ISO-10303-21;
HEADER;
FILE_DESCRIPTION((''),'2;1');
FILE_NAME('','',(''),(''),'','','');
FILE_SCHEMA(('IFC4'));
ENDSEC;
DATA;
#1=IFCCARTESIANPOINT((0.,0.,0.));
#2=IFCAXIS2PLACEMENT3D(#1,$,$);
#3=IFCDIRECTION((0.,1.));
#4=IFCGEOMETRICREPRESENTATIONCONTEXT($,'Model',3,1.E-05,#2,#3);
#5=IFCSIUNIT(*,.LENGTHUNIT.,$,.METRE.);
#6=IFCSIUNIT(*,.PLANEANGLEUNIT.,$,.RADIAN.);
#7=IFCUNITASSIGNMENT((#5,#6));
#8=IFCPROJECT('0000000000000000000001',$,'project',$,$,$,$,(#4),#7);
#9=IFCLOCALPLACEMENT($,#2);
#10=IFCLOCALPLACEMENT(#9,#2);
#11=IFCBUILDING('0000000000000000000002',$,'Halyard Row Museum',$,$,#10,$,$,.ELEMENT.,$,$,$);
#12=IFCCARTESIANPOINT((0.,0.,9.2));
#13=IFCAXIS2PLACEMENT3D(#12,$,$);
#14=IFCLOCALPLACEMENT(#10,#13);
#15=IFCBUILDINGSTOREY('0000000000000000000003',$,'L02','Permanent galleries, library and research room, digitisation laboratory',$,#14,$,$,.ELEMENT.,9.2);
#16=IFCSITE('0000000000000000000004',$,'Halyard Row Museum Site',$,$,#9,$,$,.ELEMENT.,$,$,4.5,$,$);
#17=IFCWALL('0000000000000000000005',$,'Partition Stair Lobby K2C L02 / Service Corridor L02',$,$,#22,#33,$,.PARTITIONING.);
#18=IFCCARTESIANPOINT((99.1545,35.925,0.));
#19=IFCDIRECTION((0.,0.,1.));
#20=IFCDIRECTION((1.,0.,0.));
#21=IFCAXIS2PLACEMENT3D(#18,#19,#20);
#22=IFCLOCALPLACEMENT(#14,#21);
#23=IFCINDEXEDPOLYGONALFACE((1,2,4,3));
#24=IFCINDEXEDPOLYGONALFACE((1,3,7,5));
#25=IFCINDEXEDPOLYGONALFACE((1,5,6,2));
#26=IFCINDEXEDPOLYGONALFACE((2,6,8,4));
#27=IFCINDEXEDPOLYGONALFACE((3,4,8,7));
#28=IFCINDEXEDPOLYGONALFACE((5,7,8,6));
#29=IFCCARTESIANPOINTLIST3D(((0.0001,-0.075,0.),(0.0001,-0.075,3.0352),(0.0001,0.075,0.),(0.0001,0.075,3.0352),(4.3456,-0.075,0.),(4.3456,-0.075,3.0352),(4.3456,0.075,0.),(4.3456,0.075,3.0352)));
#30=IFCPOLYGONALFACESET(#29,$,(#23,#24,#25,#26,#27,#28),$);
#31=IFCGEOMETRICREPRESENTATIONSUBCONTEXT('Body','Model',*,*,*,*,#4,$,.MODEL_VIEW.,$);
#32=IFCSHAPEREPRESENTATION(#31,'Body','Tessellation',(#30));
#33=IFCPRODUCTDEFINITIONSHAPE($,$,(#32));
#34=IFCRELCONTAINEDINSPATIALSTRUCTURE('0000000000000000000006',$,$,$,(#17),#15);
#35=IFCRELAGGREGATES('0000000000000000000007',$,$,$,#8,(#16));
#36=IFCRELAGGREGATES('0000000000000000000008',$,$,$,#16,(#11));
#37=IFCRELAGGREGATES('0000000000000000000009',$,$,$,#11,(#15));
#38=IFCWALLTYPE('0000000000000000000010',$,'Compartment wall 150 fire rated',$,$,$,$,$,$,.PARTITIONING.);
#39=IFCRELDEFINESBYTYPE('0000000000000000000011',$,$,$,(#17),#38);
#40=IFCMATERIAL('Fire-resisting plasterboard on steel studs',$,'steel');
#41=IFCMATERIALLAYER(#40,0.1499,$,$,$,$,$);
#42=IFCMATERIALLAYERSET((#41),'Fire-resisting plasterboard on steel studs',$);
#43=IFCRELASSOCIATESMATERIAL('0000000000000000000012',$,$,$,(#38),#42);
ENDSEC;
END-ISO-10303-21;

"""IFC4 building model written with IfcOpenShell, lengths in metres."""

from ifc_helpers import new_model, si_unit, direction, frame, frame_2d, origin, place, context, subcontext, project, spatial, rectangle, extrude, material, layer, layer_set, type_object, element, save


model = new_model("IFC4")

# Units and contexts
model_context = context("Model", 3, precision=1e-05, world=origin(), true_north=direction((0.0, 1.0)))
body_context = subcontext(model_context, "Body", "Model", "MODEL_VIEW")
ifc_project = project(units=[si_unit("LENGTHUNIT", "METRE"), si_unit("PLANEANGLEUNIT", "RADIAN")], contexts=[model_context])

# Site, building, storey
site_placement = place(None, origin())
site = spatial("IfcSite", under=ifc_project, at=site_placement, Name="Halyard Row Museum Site", CompositionType="ELEMENT", RefElevation=4.5)
building_placement = place(site_placement, origin())
building = spatial("IfcBuilding", under=site, at=building_placement, Name="Halyard Row Museum", CompositionType="ELEMENT")
storey_placement = place(building_placement, frame((0.0, 0.0, 9.2)))
storey = spatial("IfcBuildingStorey", under=building, at=storey_placement, Name="L02", Description="Permanent galleries, library and research room, digitisation laboratory", CompositionType="ELEMENT", Elevation=9.2)

# Wall
ifc_material_1 = material(Name="Fire-resisting plasterboard on steel studs", Category="steel")
ifc_layer_1 = layer(ifc_material_1, 0.1499)
ifc_layer_set_1 = layer_set([ifc_layer_1], Name="Fire-resisting plasterboard on steel studs")
wall_type_1 = type_object("IfcWallType", Name="Compartment wall 150 fire rated", PredefinedType="PARTITIONING", material=ifc_layer_set_1)
wall_1_placement = place(storey_placement, frame((99.1545, 35.925, 0.0), z_axis=(0.0, 0.0, 1.0), x_axis=(1.0, 0.0, 0.0)))
element("IfcWall", 1, at=wall_1_placement, inside=storey, type_object=wall_type_1, Name="Partition Stair Lobby K2C L02 / Service Corridor L02", PredefinedType="PARTITIONING", context=body_context, shape_type="SweptSolid", body=[
    extrude(rectangle(XDim=4.3455, YDim=0.1499, at=frame_2d((2.1729, 0.0))), origin(), (0.0, 0.0, 1.0), 3.0352),
])

save(model, "model.ifc")
